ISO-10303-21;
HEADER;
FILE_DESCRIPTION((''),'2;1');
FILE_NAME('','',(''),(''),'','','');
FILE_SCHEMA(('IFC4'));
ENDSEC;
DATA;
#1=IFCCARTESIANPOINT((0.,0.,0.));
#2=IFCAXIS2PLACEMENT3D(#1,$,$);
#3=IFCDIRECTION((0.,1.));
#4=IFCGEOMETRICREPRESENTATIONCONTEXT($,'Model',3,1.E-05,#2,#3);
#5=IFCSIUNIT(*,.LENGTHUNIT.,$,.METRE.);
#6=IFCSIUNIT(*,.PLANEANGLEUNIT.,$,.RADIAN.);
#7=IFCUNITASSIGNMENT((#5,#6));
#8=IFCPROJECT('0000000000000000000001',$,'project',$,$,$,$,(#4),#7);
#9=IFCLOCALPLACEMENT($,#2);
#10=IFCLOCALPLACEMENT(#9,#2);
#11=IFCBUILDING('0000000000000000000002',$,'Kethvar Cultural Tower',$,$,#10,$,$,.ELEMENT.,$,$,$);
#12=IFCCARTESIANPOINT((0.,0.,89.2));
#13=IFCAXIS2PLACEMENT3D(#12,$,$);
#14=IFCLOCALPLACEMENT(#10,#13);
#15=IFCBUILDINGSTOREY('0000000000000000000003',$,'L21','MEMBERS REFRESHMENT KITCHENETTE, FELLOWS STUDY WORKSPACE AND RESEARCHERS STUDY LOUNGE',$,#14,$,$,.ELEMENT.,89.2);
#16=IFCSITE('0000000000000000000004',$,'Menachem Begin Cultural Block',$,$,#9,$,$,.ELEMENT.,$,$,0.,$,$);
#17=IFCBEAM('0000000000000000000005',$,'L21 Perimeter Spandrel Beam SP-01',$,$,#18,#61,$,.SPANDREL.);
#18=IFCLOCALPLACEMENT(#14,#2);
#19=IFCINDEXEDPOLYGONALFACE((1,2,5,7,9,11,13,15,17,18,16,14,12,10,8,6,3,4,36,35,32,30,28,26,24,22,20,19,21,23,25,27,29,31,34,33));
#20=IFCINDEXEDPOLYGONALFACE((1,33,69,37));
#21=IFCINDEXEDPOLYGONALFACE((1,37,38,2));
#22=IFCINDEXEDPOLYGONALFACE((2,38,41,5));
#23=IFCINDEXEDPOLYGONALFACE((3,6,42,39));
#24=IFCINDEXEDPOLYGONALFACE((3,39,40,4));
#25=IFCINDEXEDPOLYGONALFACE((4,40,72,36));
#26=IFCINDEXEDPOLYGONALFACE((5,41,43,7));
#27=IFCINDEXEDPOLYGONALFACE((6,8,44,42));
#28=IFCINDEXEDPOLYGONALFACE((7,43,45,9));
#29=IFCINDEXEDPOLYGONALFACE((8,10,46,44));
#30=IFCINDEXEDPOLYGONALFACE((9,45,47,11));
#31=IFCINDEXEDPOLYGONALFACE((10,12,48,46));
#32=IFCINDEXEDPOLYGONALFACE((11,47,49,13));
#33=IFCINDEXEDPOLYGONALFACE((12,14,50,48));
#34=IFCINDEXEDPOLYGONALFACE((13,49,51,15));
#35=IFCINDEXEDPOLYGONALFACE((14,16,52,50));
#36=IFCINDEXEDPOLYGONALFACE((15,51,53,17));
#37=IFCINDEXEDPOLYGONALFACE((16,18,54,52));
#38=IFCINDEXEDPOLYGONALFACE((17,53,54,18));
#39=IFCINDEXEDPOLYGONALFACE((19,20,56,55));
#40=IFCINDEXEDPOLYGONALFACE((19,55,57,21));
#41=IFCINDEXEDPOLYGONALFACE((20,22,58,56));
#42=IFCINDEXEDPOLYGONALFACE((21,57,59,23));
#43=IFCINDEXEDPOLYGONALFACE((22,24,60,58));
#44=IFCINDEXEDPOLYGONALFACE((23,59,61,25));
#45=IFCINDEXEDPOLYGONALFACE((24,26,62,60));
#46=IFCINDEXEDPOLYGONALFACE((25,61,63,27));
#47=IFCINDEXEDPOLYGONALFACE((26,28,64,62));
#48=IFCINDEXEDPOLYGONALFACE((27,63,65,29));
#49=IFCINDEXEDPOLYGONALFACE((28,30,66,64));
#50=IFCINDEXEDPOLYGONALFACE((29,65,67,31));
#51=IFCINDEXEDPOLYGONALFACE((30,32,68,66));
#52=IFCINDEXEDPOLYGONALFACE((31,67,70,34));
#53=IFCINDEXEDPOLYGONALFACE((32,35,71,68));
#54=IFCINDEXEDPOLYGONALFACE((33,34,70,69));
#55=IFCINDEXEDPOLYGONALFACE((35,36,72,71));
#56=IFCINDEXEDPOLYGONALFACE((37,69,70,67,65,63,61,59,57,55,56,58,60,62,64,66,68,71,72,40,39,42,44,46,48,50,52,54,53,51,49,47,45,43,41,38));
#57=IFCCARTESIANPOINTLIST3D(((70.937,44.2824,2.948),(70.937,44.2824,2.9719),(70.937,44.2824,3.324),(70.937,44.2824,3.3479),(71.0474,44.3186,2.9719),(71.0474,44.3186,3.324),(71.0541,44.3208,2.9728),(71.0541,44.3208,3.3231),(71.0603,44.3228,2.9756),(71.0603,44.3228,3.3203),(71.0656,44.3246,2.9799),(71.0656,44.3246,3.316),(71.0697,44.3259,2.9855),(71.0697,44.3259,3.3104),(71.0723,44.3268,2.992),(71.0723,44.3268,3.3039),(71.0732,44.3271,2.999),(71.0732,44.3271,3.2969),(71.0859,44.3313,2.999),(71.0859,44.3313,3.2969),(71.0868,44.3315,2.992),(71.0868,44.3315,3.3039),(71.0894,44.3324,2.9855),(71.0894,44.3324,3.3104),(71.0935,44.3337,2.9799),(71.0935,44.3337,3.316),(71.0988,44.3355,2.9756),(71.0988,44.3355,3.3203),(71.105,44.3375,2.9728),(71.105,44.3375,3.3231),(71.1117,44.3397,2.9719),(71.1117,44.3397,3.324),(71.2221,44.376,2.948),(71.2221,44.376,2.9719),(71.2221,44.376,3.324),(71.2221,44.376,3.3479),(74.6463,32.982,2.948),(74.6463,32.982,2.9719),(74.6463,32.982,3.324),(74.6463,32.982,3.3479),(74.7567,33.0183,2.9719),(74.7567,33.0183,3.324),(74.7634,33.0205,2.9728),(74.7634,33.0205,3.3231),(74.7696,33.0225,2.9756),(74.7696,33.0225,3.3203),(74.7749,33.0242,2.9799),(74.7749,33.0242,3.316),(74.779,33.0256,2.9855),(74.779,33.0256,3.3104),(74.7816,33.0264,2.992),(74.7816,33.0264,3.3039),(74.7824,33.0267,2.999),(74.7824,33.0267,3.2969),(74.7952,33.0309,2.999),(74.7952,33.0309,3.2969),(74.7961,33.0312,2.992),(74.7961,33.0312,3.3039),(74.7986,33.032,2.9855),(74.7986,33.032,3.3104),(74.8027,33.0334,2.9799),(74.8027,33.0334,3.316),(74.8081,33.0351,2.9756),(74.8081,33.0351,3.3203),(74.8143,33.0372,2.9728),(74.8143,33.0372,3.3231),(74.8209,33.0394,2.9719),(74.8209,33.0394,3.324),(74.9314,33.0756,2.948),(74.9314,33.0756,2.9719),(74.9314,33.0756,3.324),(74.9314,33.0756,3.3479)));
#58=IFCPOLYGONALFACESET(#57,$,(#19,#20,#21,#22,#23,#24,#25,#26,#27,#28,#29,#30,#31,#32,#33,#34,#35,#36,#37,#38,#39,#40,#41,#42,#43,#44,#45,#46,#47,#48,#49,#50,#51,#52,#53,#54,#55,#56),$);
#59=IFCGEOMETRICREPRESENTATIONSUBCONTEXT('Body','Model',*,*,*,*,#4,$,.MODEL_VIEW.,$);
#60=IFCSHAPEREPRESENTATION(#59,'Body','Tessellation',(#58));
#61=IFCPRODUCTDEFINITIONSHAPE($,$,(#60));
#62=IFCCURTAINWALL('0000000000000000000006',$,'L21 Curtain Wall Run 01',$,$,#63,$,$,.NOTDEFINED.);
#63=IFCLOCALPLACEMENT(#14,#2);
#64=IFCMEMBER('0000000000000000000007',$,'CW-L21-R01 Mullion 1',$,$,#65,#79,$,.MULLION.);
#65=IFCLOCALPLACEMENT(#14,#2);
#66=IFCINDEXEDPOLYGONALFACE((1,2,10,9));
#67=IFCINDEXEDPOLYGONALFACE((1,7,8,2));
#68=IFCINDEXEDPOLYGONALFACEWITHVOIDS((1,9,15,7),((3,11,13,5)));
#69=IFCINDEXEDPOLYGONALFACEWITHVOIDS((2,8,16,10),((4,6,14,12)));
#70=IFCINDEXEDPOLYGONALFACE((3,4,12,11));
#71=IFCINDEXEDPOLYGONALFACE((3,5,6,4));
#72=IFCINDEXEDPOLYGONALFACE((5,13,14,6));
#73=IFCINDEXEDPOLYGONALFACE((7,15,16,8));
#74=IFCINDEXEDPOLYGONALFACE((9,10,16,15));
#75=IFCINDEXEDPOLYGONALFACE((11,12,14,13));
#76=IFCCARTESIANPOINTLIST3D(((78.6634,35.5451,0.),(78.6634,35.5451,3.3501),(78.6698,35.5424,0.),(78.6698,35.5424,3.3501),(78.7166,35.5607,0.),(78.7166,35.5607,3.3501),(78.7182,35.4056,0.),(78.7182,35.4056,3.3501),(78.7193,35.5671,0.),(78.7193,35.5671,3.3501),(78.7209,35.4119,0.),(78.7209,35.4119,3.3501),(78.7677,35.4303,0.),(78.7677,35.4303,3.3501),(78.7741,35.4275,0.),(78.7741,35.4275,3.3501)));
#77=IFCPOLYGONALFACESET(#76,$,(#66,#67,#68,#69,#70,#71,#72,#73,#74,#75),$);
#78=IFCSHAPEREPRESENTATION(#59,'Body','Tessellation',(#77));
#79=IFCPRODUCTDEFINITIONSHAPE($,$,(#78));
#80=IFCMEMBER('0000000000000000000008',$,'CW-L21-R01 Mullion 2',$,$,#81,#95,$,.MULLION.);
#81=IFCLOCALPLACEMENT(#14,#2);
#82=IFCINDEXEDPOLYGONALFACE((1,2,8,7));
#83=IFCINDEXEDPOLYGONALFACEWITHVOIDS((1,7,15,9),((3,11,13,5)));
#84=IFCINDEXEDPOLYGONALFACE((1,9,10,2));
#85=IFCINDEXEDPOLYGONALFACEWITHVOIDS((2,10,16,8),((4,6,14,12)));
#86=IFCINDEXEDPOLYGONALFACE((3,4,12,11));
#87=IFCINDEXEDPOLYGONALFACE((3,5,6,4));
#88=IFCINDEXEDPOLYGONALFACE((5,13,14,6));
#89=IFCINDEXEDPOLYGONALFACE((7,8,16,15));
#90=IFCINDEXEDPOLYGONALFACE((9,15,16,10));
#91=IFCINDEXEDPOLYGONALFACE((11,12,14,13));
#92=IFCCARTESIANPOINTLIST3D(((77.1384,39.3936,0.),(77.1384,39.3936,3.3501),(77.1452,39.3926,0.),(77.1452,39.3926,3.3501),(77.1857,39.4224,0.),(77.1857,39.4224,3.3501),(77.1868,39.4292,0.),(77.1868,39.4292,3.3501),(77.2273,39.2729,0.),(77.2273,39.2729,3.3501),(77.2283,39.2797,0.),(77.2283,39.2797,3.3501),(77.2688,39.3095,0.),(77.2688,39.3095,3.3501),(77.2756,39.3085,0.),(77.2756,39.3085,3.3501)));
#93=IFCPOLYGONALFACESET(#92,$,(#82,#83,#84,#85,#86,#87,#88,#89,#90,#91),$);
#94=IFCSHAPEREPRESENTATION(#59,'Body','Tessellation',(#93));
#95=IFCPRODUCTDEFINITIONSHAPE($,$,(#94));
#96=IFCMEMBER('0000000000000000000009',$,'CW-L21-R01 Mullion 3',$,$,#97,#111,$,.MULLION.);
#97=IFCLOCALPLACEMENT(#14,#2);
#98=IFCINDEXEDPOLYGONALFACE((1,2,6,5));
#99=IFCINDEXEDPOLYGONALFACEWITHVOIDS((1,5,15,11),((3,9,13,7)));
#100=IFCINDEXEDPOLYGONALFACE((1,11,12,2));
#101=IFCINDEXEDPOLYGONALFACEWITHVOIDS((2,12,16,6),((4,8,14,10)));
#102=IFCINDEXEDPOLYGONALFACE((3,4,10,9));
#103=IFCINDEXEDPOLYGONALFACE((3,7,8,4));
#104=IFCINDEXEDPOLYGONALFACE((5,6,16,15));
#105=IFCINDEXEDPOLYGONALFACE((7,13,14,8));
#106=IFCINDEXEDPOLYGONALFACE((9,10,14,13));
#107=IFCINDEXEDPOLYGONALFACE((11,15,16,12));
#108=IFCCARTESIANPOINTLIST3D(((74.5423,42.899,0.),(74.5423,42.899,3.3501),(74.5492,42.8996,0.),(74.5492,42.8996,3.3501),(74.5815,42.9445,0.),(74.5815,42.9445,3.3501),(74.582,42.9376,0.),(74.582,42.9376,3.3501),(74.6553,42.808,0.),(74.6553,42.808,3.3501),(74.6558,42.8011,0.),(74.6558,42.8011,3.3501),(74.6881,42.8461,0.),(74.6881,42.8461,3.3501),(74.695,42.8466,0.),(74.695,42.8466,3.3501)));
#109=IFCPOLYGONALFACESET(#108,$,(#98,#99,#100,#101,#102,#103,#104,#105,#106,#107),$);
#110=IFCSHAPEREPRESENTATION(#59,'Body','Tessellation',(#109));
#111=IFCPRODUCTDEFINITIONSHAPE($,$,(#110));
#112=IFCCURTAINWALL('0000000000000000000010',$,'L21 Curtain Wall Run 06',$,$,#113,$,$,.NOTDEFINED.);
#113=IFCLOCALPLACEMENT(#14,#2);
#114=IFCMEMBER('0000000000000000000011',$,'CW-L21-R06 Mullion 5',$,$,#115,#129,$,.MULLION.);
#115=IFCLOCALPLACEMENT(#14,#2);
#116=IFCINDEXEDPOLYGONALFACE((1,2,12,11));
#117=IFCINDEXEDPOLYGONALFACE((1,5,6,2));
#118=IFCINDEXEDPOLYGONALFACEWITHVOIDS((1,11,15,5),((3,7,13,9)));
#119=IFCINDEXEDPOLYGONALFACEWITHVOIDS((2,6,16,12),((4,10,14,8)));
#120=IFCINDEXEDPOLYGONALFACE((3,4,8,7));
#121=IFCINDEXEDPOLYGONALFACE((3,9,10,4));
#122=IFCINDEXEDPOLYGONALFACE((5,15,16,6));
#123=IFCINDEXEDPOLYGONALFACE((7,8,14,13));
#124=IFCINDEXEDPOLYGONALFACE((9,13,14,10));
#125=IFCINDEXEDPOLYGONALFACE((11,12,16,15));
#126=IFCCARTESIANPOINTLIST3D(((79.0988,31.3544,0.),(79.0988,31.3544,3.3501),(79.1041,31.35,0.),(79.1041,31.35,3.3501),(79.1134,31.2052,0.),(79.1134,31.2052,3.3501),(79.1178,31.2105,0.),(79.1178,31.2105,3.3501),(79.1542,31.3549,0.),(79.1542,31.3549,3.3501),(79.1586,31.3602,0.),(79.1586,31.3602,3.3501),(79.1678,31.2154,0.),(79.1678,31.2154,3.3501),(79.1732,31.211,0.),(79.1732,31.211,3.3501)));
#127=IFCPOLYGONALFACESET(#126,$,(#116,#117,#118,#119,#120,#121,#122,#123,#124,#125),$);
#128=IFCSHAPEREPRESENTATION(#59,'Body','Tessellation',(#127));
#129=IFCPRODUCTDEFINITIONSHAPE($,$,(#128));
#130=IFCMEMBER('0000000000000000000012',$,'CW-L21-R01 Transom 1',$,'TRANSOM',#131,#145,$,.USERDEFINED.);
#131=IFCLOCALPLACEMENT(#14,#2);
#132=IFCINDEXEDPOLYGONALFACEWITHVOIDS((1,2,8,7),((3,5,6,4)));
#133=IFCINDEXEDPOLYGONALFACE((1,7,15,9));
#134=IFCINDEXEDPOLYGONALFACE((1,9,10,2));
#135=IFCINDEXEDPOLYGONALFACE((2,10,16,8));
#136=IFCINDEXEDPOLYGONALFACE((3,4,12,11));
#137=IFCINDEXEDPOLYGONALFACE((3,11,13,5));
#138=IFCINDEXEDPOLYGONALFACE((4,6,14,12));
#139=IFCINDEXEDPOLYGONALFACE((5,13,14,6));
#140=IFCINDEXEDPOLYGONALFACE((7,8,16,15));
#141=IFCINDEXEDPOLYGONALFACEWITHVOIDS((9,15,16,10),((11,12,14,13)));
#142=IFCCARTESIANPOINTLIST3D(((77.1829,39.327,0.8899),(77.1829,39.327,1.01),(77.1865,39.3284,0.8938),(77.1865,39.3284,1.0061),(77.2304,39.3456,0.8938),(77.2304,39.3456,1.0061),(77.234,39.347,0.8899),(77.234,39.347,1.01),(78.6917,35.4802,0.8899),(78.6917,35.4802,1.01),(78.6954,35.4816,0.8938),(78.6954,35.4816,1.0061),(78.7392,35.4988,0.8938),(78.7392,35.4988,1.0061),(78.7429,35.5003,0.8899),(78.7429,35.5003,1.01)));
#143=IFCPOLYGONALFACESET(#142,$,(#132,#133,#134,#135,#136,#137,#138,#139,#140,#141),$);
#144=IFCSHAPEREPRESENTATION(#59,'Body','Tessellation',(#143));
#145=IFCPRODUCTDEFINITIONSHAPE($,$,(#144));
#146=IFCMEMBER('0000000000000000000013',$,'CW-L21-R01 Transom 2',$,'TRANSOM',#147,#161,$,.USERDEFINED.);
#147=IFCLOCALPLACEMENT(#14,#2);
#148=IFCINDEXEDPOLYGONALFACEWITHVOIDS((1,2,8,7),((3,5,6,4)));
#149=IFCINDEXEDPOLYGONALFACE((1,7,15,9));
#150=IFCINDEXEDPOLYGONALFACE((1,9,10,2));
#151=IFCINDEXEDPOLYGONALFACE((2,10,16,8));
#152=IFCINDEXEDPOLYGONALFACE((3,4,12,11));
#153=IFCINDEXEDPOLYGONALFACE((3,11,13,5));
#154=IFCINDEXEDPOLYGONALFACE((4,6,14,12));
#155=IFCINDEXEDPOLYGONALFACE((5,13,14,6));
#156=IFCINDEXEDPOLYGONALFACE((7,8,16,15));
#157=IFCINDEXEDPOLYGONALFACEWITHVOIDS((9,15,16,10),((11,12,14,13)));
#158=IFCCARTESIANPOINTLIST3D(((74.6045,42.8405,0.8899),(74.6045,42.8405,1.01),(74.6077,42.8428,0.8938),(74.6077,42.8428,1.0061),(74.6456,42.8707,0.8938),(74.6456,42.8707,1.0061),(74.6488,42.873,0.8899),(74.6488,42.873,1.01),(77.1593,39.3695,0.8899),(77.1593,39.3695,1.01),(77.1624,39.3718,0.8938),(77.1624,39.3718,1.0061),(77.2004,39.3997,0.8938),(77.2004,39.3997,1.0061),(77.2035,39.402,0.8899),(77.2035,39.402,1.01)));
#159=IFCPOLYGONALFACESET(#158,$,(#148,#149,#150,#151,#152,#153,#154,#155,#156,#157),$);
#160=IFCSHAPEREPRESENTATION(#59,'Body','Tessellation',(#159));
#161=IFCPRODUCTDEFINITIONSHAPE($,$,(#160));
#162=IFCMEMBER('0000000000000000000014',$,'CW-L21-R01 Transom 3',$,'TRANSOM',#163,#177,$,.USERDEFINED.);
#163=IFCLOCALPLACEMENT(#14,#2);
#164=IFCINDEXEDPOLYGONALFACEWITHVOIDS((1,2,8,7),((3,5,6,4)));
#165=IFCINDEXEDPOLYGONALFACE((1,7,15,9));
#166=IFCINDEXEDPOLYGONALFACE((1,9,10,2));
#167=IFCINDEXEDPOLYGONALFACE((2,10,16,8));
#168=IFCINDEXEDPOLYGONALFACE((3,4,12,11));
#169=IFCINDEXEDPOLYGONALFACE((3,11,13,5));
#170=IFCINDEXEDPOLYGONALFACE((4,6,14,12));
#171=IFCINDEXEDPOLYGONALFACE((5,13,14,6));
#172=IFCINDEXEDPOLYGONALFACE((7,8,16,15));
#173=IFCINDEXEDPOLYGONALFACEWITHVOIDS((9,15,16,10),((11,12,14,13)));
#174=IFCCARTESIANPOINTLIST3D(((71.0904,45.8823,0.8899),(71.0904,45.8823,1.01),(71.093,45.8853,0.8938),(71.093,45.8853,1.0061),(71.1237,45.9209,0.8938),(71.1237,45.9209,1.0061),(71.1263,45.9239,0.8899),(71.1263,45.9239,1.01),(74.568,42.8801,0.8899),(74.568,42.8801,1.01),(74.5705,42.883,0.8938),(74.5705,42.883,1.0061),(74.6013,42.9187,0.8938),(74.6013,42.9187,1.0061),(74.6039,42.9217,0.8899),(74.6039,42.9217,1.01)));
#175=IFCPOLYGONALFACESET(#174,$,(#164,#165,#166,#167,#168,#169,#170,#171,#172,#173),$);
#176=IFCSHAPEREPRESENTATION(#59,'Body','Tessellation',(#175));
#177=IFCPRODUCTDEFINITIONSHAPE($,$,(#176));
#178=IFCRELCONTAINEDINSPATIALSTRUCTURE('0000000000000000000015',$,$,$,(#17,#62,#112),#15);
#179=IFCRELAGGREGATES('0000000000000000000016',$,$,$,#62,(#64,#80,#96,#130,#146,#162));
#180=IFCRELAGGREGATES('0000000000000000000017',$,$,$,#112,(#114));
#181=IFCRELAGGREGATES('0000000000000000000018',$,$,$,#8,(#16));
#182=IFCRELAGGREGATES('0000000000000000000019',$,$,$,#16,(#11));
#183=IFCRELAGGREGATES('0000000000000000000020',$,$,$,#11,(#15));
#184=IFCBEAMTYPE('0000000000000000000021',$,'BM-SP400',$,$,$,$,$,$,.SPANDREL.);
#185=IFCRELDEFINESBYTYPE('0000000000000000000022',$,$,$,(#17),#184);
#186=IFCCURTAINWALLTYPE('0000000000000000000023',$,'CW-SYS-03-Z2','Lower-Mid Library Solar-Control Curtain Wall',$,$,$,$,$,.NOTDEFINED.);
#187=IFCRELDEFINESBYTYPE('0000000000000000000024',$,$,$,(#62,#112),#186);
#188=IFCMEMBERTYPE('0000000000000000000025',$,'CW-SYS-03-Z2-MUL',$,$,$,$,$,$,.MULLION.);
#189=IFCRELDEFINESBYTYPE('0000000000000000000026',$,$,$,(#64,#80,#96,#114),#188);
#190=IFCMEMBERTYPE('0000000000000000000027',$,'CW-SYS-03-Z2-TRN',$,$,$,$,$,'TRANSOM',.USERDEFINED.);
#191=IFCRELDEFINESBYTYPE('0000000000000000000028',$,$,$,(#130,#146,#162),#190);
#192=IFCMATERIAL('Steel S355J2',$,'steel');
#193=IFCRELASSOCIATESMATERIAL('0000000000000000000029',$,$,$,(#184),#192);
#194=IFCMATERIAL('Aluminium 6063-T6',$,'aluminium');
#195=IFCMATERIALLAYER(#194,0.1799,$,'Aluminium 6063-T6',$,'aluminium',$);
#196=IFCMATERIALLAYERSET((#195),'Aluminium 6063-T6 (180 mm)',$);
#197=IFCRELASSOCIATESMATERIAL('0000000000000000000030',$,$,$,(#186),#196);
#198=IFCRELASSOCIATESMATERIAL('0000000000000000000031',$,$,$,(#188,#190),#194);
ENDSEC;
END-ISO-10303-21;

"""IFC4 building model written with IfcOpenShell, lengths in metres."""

from ifc_helpers import new_model, si_unit, direction, frame, origin, origin_2d, place, context, subcontext, project, spatial, hollow_rectangle, i_section, extrude, source, transform, mapped, material, layer, layer_set, material_profile, profile_set, type_object, element, aggregate, save


model = new_model("IFC4")

# Units and contexts
model_context = context("Model", 3, precision=1e-05, world=origin(), true_north=direction((0.0, 1.0)))
body_context = subcontext(model_context, "Body", "Model", "MODEL_VIEW")
ifc_project = project(units=[si_unit("LENGTHUNIT", "METRE"), si_unit("PLANEANGLEUNIT", "RADIAN")], contexts=[model_context])

# Site, building, storey
site_placement = place(None, origin())
site = spatial("IfcSite", under=ifc_project, at=site_placement, Name="Menachem Begin Cultural Block", CompositionType="ELEMENT", RefElevation=0.0)
building_placement = place(site_placement, origin())
building = spatial("IfcBuilding", under=site, at=building_placement, Name="Kethvar Cultural Tower", CompositionType="ELEMENT")
storey_placement = place(building_placement, frame((0.0, 0.0, 89.2)))
storey = spatial("IfcBuildingStorey", under=building, at=storey_placement, Name="L21", Description="MEMBERS REFRESHMENT KITCHENETTE, FELLOWS STUDY WORKSPACE AND RESEARCHERS STUDY LOUNGE", CompositionType="ELEMENT", Elevation=89.2)

# Beam
ifc_material_1 = material(Name="Steel S355J2", Category="steel")
ifc_material_profile_1 = material_profile(ifc_material_1, i_section(OverallWidth=0.3, OverallDepth=0.3999, WebThickness=0.0134, FlangeThickness=0.0239, FilletRadius=0.0271, at=origin_2d()), Name="Steel S355J2 — HEB400")
ifc_profile_set_1 = profile_set([ifc_material_profile_1], Name="Steel S355J2 — HEB400")
beam_type_1 = type_object("IfcBeamType", Name="BM-SP400", PredefinedType="SPANDREL", material=ifc_profile_set_1)
shared_shape_1 = source(origin(), body_context, "Body", "SweptSolid", [
    extrude(i_section(OverallWidth=0.3, OverallDepth=0.3999, WebThickness=0.0134, FlangeThickness=0.0239, FilletRadius=0.0271, at=origin_2d()), origin(), (0.0, 0.0, 1.0), 11.8936),
])
beam_1_placement = place(storey_placement, frame((74.7888, 33.0288, 3.1479), z_axis=(-0.311871, 0.950125, 0.0), x_axis=(-0.950125, -0.311871, 0.0)))
element("IfcBeam", 1, at=beam_1_placement, inside=storey, type_object=beam_type_1, Name="L21 Perimeter Spandrel Beam SP-01", PredefinedType="SPANDREL", context=body_context, shape_type="MappedRepresentation", body=[
    mapped(shared_shape_1, transform((0.0, 0.0, 0.0), scale=1.0)),
])

# Curtain wall, members
ifc_material_2 = material(Name="Aluminium 6063-T6", Category="aluminium")
ifc_layer_1 = layer(ifc_material_2, 0.1799, Name="Aluminium 6063-T6", Category="aluminium")
ifc_layer_set_1 = layer_set([ifc_layer_1], Name="Aluminium 6063-T6 (180 mm)")
curtain_wall_type = type_object("IfcCurtainWallType", Name="CW-SYS-03-Z2", Description="Lower-Mid Library Solar-Control Curtain Wall", PredefinedType="NOTDEFINED", material=ifc_layer_set_1)
curtain_wall_1_placement = place(storey_placement, origin())
curtain_wall_1 = element("IfcCurtainWall", 2, at=curtain_wall_1_placement, inside=storey, type_object=curtain_wall_type, Name="L21 Curtain Wall Run 01", PredefinedType="NOTDEFINED")
ifc_material_profile_2 = material_profile(ifc_material_2, hollow_rectangle(XDim=0.0601, YDim=0.1499, WallThickness=0.0049, at=origin_2d()), Name="Aluminium 6063-T6 — RHS150x60x5")
ifc_profile_set_2 = profile_set([ifc_material_profile_2], Name="Aluminium 6063-T6 — RHS150x60x5")
member_type_1 = type_object("IfcMemberType", Name="CW-SYS-03-Z2-MUL", PredefinedType="MULLION", material=ifc_profile_set_2)
shared_shape_2 = source(origin(), body_context, "Body", "SweptSolid", [
    extrude(hollow_rectangle(XDim=0.0601, YDim=0.1499, WallThickness=0.0049, at=origin_2d()), origin(), (0.0, 0.0, 1.0), 3.3501),
])
member_1_placement = place(storey_placement, frame((78.7188, 35.4863, 0.0), z_axis=(0.0, 0.0, 1.0), x_axis=(-0.930941, -0.365169, 0.0)))
member_1 = element("IfcMember", 3, at=member_1_placement, type_object=member_type_1, Name="CW-L21-R01 Mullion 1", PredefinedType="MULLION", context=body_context, shape_type="MappedRepresentation", body=[
    mapped(shared_shape_2, transform((0.0, 0.0, 0.0), scale=1.0)),
])
member_2_placement = place(storey_placement, frame((77.207, 39.3511, 0.0), z_axis=(0.0, 0.0, 1.0), x_axis=(-0.80537, -0.592772, 0.0)))
member_2 = element("IfcMember", 4, at=member_2_placement, type_object=member_type_1, Name="CW-L21-R01 Mullion 2", PredefinedType="MULLION", context=body_context, shape_type="MappedRepresentation", body=[
    mapped(shared_shape_2, transform((0.0, 0.0, 0.0), scale=1.0)),
])
member_3_placement = place(storey_placement, frame((74.6187, 42.8728, 0.0), z_axis=(0.0, 0.0, 1.0), x_axis=(-0.653447, -0.756972, 0.0)))
member_3 = element("IfcMember", 5, at=member_3_placement, type_object=member_type_1, Name="CW-L21-R01 Mullion 3", PredefinedType="MULLION", context=body_context, shape_type="MappedRepresentation", body=[
    mapped(shared_shape_2, transform((0.0, 0.0, 0.0), scale=1.0)),
])

# Curtain wall, member
curtain_wall_2_placement = place(storey_placement, origin())
curtain_wall_2 = element("IfcCurtainWall", 6, at=curtain_wall_2_placement, inside=storey, type_object=curtain_wall_type, Name="L21 Curtain Wall Run 06", PredefinedType="NOTDEFINED")
member_4_placement = place(storey_placement, frame((79.136, 31.2827, 0.0), z_axis=(0.0, 0.0, 1.0), x_axis=(-0.995258, -0.09727, 0.0)))
member_4 = element("IfcMember", 7, at=member_4_placement, type_object=member_type_1, Name="CW-L21-R06 Mullion 5", PredefinedType="MULLION", context=body_context, shape_type="MappedRepresentation", body=[
    mapped(shared_shape_2, transform((0.0, 0.0, 0.0), scale=1.0)),
])

# Members
ifc_material_profile_3 = material_profile(ifc_material_2, hollow_rectangle(XDim=0.0549, YDim=0.1201, WallThickness=0.0039, at=origin_2d()), Name="Aluminium 6063-T6 — RHS120x55x4")
ifc_profile_set_3 = profile_set([ifc_material_profile_3], Name="Aluminium 6063-T6 — RHS120x55x4")
member_type_2 = type_object("IfcMemberType", Name="CW-SYS-03-Z2-TRN", ElementType="TRANSOM", PredefinedType="USERDEFINED", material=ifc_profile_set_3)
shared_shape_3 = source(origin(), body_context, "Body", "SweptSolid", [
    extrude(hollow_rectangle(XDim=0.0549, YDim=0.1201, WallThickness=0.0039, at=origin_2d()), origin(), (0.0, 0.0, 1.0), 4.1321),
])
member_5_placement = place(storey_placement, frame((78.7173, 35.4902, 0.95), z_axis=(-0.365148, 0.93095, 0.0), x_axis=(-0.93095, -0.365148, 0.0)))
member_5 = element("IfcMember", 8, at=member_5_placement, type_object=member_type_2, Name="CW-L21-R01 Transom 1", ObjectType="TRANSOM", PredefinedType="USERDEFINED", context=body_context, shape_type="MappedRepresentation", body=[
    mapped(shared_shape_3, transform((0.0, 0.0, 0.0), scale=1.0)),
])
shared_shape_4 = source(origin(), body_context, "Body", "SweptSolid", [
    extrude(hollow_rectangle(XDim=0.0549, YDim=0.1201, WallThickness=0.0039, at=origin_2d()), origin(), (0.0, 0.0, 1.0), 4.3098),
])
member_6_placement = place(storey_placement, frame((77.1814, 39.3857, 0.95), z_axis=(-0.59277, 0.805372, 0.0), x_axis=(-0.805372, -0.59277, 0.0)))
member_6 = element("IfcMember", 9, at=member_6_placement, type_object=member_type_2, Name="CW-L21-R01 Transom 2", ObjectType="TRANSOM", PredefinedType="USERDEFINED", context=body_context, shape_type="MappedRepresentation", body=[
    mapped(shared_shape_4, transform((0.0, 0.0, 0.0), scale=1.0)),
])
shared_shape_5 = source(origin(), body_context, "Body", "SweptSolid", [
    extrude(hollow_rectangle(XDim=0.0549, YDim=0.1201, WallThickness=0.0039, at=origin_2d()), origin(), (0.0, 0.0, 1.0), 4.5942),
])
member_7_placement = place(storey_placement, frame((74.5859, 42.9009, 0.95), z_axis=(-0.756945, 0.653479, 0.0), x_axis=(-0.653479, -0.756945, 0.0)))
member_7 = element("IfcMember", 10, at=member_7_placement, type_object=member_type_2, Name="CW-L21-R01 Transom 3", ObjectType="TRANSOM", PredefinedType="USERDEFINED", context=body_context, shape_type="MappedRepresentation", body=[
    mapped(shared_shape_5, transform((0.0, 0.0, 0.0), scale=1.0)),
])

aggregate(curtain_wall_1, [member_1, member_2, member_3, member_5, member_6, member_7])
aggregate(curtain_wall_2, [member_4])

save(model, "model.ifc")
